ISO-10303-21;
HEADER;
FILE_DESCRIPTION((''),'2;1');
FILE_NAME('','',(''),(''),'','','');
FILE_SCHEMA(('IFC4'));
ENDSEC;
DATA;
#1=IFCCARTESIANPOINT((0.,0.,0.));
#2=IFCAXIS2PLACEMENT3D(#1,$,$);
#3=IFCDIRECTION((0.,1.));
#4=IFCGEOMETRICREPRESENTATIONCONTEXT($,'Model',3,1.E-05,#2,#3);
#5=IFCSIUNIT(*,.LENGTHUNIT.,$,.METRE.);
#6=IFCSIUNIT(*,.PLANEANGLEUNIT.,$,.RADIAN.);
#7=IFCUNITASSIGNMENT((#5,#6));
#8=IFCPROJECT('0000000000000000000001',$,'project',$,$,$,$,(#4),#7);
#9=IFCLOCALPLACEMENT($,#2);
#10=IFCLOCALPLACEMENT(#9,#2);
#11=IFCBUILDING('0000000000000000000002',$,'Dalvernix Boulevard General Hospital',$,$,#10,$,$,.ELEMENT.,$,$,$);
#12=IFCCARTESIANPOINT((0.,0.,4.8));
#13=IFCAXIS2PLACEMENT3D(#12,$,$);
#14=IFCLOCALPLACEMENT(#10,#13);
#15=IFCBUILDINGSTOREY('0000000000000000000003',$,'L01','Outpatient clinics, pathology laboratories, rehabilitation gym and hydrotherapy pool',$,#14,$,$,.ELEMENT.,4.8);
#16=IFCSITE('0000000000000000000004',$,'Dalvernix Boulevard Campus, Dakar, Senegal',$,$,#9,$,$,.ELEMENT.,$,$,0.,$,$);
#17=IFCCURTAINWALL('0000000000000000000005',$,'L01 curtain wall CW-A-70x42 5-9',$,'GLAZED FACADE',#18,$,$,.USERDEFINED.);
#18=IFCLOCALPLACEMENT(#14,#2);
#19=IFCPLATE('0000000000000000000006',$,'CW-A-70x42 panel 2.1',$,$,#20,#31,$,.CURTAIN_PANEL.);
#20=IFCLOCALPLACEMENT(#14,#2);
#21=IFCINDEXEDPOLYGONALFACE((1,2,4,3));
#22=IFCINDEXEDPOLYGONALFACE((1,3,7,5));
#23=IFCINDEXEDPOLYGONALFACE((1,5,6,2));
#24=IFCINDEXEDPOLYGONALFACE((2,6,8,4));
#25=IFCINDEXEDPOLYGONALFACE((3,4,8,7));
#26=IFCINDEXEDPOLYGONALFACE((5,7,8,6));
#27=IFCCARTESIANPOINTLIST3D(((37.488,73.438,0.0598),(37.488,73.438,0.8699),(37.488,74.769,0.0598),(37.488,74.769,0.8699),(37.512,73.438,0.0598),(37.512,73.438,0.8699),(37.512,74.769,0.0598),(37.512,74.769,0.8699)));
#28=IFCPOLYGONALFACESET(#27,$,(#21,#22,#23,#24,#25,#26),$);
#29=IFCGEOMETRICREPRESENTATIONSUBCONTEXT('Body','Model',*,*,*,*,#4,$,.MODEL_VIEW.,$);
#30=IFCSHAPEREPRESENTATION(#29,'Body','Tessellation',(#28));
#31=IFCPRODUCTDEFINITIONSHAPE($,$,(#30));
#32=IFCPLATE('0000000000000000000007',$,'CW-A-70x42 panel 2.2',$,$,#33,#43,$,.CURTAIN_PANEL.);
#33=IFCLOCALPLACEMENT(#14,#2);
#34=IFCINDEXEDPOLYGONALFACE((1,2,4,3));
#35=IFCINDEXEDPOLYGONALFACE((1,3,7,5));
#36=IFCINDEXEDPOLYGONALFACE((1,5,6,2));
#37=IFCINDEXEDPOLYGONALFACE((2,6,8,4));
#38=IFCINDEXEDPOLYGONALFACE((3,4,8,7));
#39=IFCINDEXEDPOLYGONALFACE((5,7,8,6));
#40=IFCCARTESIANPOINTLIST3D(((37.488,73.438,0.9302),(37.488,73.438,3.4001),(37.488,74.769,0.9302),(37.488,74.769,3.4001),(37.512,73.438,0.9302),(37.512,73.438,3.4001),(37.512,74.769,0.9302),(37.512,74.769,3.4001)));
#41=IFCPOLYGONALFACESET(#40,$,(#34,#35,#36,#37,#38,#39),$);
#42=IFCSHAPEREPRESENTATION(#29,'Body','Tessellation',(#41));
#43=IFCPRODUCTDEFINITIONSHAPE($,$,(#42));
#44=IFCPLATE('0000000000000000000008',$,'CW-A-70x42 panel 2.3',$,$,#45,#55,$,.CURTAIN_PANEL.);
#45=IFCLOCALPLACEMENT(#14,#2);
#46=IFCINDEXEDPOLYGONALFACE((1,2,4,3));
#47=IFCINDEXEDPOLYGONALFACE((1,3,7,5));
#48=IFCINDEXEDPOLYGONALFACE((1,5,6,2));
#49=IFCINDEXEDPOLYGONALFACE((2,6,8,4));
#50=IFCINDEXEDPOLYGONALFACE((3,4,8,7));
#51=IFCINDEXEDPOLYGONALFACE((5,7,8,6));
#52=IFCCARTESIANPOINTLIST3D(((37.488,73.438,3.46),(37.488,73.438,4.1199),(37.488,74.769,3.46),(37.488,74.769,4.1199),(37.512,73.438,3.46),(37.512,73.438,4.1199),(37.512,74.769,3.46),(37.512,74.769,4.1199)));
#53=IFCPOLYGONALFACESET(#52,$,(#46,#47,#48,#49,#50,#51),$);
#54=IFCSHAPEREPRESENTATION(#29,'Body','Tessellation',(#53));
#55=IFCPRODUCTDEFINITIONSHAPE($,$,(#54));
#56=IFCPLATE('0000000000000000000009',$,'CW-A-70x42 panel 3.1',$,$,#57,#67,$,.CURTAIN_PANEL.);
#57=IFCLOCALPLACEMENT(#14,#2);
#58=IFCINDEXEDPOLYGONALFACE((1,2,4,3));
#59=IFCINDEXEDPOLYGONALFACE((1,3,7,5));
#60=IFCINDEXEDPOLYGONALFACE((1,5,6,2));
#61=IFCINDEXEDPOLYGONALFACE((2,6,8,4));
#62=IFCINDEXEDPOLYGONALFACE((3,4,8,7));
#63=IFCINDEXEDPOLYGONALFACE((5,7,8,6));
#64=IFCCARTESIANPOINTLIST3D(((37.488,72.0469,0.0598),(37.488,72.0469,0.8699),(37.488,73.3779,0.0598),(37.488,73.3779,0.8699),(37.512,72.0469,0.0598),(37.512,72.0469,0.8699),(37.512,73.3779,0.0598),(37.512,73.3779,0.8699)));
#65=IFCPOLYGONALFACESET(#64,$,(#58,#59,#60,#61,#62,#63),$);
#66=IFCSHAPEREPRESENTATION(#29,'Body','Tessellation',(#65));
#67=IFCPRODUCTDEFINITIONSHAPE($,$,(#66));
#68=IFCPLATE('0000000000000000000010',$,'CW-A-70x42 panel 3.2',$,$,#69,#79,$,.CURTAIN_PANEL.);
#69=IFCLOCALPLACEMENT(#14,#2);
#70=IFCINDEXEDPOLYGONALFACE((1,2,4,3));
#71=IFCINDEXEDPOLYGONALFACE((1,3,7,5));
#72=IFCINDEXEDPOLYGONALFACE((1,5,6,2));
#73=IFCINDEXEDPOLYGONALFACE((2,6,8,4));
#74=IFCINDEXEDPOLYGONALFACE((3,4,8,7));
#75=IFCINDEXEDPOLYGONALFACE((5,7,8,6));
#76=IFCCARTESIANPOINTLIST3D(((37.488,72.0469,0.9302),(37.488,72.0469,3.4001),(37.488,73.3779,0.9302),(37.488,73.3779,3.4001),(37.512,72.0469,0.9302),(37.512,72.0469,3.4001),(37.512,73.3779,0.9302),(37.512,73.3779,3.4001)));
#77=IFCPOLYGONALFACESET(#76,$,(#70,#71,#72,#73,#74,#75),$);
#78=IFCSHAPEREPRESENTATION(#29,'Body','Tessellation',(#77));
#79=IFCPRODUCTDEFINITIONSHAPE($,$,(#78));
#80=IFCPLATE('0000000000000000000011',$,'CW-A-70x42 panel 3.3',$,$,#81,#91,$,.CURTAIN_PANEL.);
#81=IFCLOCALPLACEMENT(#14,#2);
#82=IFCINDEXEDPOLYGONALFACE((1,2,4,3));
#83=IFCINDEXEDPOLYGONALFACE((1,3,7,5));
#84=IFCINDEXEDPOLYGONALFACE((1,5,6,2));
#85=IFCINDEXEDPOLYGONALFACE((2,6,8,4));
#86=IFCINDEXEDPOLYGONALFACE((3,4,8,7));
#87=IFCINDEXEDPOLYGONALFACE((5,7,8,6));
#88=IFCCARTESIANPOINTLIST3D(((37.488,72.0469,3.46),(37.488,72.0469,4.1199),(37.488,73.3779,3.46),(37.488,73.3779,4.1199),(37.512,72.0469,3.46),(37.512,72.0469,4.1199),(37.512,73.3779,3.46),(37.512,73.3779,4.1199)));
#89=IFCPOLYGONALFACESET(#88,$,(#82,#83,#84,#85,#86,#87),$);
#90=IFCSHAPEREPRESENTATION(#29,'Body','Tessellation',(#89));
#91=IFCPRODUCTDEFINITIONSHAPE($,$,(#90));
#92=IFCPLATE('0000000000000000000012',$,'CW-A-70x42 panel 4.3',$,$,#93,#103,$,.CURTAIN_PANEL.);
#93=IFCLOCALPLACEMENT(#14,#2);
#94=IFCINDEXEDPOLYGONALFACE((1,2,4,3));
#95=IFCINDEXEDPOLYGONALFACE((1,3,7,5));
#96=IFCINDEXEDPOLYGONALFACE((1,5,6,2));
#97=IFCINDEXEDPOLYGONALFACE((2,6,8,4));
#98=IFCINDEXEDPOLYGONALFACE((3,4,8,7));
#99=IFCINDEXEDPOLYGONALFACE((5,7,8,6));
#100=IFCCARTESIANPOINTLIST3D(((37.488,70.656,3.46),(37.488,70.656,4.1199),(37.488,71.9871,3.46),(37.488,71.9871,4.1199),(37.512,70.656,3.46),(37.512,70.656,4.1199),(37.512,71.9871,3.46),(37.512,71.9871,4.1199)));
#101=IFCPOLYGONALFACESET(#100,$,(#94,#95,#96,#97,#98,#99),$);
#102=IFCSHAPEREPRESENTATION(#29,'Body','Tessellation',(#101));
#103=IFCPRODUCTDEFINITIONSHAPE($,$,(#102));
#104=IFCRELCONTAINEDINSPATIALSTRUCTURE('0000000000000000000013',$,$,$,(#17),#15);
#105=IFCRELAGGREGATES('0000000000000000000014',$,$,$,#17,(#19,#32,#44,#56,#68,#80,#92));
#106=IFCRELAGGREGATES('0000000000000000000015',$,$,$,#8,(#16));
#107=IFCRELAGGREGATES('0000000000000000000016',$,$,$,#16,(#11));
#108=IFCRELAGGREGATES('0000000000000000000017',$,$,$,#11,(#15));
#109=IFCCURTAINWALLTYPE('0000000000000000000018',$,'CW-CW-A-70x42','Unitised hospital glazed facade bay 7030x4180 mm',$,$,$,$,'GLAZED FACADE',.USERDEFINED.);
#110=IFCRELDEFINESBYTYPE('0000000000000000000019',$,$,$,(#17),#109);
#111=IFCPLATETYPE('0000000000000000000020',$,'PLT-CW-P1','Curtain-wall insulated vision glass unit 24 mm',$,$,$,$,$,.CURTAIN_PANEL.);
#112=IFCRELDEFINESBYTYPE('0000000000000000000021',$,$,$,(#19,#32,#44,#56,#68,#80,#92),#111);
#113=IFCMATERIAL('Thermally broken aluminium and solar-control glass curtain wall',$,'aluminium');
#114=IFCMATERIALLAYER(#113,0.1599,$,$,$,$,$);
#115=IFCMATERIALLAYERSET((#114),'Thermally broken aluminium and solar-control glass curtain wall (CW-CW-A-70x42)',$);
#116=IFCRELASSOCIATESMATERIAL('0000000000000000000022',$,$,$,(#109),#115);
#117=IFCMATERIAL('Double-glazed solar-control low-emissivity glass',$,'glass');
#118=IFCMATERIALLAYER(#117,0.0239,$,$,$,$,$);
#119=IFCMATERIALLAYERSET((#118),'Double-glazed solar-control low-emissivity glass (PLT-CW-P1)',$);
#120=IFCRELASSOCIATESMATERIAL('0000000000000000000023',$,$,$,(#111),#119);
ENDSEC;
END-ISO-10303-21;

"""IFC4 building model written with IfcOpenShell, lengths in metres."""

from ifc_helpers import new_model, si_unit, direction, frame, origin, origin_2d, place, context, subcontext, project, spatial, rectangle, extrude, material, layer, layer_set, type_object, element, aggregate, save


model = new_model("IFC4")

# Units and contexts
model_context = context("Model", 3, precision=1e-05, world=origin(), true_north=direction((0.0, 1.0)))
body_context = subcontext(model_context, "Body", "Model", "MODEL_VIEW")
ifc_project = project(units=[si_unit("LENGTHUNIT", "METRE"), si_unit("PLANEANGLEUNIT", "RADIAN")], contexts=[model_context])

# Site, building, storey
site_placement = place(None, origin())
site = spatial("IfcSite", under=ifc_project, at=site_placement, Name="Dalvernix Boulevard Campus, Dakar, Senegal", CompositionType="ELEMENT", RefElevation=0.0)
building_placement = place(site_placement, origin())
building = spatial("IfcBuilding", under=site, at=building_placement, Name="Dalvernix Boulevard General Hospital", CompositionType="ELEMENT")
storey_placement = place(building_placement, frame((0.0, 0.0, 4.8)))
storey = spatial("IfcBuildingStorey", under=building, at=storey_placement, Name="L01", Description="Outpatient clinics, pathology laboratories, rehabilitation gym and hydrotherapy pool", CompositionType="ELEMENT", Elevation=4.8)

# Curtain wall, plates
ifc_material_1 = material(Name="Thermally broken aluminium and solar-control glass curtain wall", Category="aluminium")
ifc_layer_1 = layer(ifc_material_1, 0.1599)
ifc_layer_set_1 = layer_set([ifc_layer_1], Name="Thermally broken aluminium and solar-control glass curtain wall (CW-CW-A-70x42)")
curtain_wall_type = type_object("IfcCurtainWallType", Name="CW-CW-A-70x42", Description="Unitised hospital glazed facade bay 7030x4180 mm", ElementType="GLAZED FACADE", PredefinedType="USERDEFINED", material=ifc_layer_set_1)
curtain_wall_placement = place(storey_placement, origin())
curtain_wall = element("IfcCurtainWall", 1, at=curtain_wall_placement, inside=storey, type_object=curtain_wall_type, Name="L01 curtain wall CW-A-70x42 5-9", ObjectType="GLAZED FACADE", PredefinedType="USERDEFINED")
ifc_material_2 = material(Name="Double-glazed solar-control low-emissivity glass", Category="glass")
ifc_layer_2 = layer(ifc_material_2, 0.0239)
ifc_layer_set_2 = layer_set([ifc_layer_2], Name="Double-glazed solar-control low-emissivity glass (PLT-CW-P1)")
plate_type = type_object("IfcPlateType", Name="PLT-CW-P1", Description="Curtain-wall insulated vision glass unit 24 mm", PredefinedType="CURTAIN_PANEL", material=ifc_layer_set_2)
plate_1_placement = place(storey_placement, frame((37.5, 74.1035, 0.0598), z_axis=(0.0, 0.0, 1.0), x_axis=(0.0, -1.0, 0.0)))
plate_1 = element("IfcPlate", 2, at=plate_1_placement, type_object=plate_type, Name="CW-A-70x42 panel 2.1", PredefinedType="CURTAIN_PANEL", context=body_context, shape_type="SweptSolid", body=[
    extrude(rectangle(XDim=1.3311, YDim=0.0239, at=origin_2d()), origin(), (0.0, 0.0, 1.0), 0.8101),
])
plate_2_placement = place(storey_placement, frame((37.5, 74.1035, 0.9302), z_axis=(0.0, 0.0, 1.0), x_axis=(0.0, -1.0, 0.0)))
plate_2 = element("IfcPlate", 3, at=plate_2_placement, type_object=plate_type, Name="CW-A-70x42 panel 2.2", PredefinedType="CURTAIN_PANEL", context=body_context, shape_type="SweptSolid", body=[
    extrude(rectangle(XDim=1.3311, YDim=0.0239, at=origin_2d()), origin(), (0.0, 0.0, 1.0), 2.47),
])
plate_3_placement = place(storey_placement, frame((37.5, 74.1035, 3.46), z_axis=(0.0, 0.0, 1.0), x_axis=(0.0, -1.0, 0.0)))
plate_3 = element("IfcPlate", 4, at=plate_3_placement, type_object=plate_type, Name="CW-A-70x42 panel 2.3", PredefinedType="CURTAIN_PANEL", context=body_context, shape_type="SweptSolid", body=[
    extrude(rectangle(XDim=1.3311, YDim=0.0239, at=origin_2d()), origin(), (0.0, 0.0, 1.0), 0.6599),
])
plate_4_placement = place(storey_placement, frame((37.5, 72.7124, 0.0598), z_axis=(0.0, 0.0, 1.0), x_axis=(0.0, -1.0, 0.0)))
plate_4 = element("IfcPlate", 5, at=plate_4_placement, type_object=plate_type, Name="CW-A-70x42 panel 3.1", PredefinedType="CURTAIN_PANEL", context=body_context, shape_type="SweptSolid", body=[
    extrude(rectangle(XDim=1.3311, YDim=0.0239, at=origin_2d()), origin(), (0.0, 0.0, 1.0), 0.8101),
])
plate_5_placement = place(storey_placement, frame((37.5, 72.7124, 0.9302), z_axis=(0.0, 0.0, 1.0), x_axis=(0.0, -1.0, 0.0)))
plate_5 = element("IfcPlate", 6, at=plate_5_placement, type_object=plate_type, Name="CW-A-70x42 panel 3.2", PredefinedType="CURTAIN_PANEL", context=body_context, shape_type="SweptSolid", body=[
    extrude(rectangle(XDim=1.3311, YDim=0.0239, at=origin_2d()), origin(), (0.0, 0.0, 1.0), 2.47),
])
plate_6_placement = place(storey_placement, frame((37.5, 72.7124, 3.46), z_axis=(0.0, 0.0, 1.0), x_axis=(0.0, -1.0, 0.0)))
plate_6 = element("IfcPlate", 7, at=plate_6_placement, type_object=plate_type, Name="CW-A-70x42 panel 3.3", PredefinedType="CURTAIN_PANEL", context=body_context, shape_type="SweptSolid", body=[
    extrude(rectangle(XDim=1.3311, YDim=0.0239, at=origin_2d()), origin(), (0.0, 0.0, 1.0), 0.6599),
])
plate_7_placement = place(storey_placement, frame((37.5, 71.3215, 3.46), z_axis=(0.0, 0.0, 1.0), x_axis=(0.0, -1.0, 0.0)))
plate_7 = element("IfcPlate", 8, at=plate_7_placement, type_object=plate_type, Name="CW-A-70x42 panel 4.3", PredefinedType="CURTAIN_PANEL", context=body_context, shape_type="SweptSolid", body=[
    extrude(rectangle(XDim=1.3311, YDim=0.0239, at=origin_2d()), origin(), (0.0, 0.0, 1.0), 0.6599),
])
aggregate(curtain_wall, [plate_1, plate_2, plate_3, plate_4, plate_5, plate_6, plate_7])

save(model, "model.ifc")
